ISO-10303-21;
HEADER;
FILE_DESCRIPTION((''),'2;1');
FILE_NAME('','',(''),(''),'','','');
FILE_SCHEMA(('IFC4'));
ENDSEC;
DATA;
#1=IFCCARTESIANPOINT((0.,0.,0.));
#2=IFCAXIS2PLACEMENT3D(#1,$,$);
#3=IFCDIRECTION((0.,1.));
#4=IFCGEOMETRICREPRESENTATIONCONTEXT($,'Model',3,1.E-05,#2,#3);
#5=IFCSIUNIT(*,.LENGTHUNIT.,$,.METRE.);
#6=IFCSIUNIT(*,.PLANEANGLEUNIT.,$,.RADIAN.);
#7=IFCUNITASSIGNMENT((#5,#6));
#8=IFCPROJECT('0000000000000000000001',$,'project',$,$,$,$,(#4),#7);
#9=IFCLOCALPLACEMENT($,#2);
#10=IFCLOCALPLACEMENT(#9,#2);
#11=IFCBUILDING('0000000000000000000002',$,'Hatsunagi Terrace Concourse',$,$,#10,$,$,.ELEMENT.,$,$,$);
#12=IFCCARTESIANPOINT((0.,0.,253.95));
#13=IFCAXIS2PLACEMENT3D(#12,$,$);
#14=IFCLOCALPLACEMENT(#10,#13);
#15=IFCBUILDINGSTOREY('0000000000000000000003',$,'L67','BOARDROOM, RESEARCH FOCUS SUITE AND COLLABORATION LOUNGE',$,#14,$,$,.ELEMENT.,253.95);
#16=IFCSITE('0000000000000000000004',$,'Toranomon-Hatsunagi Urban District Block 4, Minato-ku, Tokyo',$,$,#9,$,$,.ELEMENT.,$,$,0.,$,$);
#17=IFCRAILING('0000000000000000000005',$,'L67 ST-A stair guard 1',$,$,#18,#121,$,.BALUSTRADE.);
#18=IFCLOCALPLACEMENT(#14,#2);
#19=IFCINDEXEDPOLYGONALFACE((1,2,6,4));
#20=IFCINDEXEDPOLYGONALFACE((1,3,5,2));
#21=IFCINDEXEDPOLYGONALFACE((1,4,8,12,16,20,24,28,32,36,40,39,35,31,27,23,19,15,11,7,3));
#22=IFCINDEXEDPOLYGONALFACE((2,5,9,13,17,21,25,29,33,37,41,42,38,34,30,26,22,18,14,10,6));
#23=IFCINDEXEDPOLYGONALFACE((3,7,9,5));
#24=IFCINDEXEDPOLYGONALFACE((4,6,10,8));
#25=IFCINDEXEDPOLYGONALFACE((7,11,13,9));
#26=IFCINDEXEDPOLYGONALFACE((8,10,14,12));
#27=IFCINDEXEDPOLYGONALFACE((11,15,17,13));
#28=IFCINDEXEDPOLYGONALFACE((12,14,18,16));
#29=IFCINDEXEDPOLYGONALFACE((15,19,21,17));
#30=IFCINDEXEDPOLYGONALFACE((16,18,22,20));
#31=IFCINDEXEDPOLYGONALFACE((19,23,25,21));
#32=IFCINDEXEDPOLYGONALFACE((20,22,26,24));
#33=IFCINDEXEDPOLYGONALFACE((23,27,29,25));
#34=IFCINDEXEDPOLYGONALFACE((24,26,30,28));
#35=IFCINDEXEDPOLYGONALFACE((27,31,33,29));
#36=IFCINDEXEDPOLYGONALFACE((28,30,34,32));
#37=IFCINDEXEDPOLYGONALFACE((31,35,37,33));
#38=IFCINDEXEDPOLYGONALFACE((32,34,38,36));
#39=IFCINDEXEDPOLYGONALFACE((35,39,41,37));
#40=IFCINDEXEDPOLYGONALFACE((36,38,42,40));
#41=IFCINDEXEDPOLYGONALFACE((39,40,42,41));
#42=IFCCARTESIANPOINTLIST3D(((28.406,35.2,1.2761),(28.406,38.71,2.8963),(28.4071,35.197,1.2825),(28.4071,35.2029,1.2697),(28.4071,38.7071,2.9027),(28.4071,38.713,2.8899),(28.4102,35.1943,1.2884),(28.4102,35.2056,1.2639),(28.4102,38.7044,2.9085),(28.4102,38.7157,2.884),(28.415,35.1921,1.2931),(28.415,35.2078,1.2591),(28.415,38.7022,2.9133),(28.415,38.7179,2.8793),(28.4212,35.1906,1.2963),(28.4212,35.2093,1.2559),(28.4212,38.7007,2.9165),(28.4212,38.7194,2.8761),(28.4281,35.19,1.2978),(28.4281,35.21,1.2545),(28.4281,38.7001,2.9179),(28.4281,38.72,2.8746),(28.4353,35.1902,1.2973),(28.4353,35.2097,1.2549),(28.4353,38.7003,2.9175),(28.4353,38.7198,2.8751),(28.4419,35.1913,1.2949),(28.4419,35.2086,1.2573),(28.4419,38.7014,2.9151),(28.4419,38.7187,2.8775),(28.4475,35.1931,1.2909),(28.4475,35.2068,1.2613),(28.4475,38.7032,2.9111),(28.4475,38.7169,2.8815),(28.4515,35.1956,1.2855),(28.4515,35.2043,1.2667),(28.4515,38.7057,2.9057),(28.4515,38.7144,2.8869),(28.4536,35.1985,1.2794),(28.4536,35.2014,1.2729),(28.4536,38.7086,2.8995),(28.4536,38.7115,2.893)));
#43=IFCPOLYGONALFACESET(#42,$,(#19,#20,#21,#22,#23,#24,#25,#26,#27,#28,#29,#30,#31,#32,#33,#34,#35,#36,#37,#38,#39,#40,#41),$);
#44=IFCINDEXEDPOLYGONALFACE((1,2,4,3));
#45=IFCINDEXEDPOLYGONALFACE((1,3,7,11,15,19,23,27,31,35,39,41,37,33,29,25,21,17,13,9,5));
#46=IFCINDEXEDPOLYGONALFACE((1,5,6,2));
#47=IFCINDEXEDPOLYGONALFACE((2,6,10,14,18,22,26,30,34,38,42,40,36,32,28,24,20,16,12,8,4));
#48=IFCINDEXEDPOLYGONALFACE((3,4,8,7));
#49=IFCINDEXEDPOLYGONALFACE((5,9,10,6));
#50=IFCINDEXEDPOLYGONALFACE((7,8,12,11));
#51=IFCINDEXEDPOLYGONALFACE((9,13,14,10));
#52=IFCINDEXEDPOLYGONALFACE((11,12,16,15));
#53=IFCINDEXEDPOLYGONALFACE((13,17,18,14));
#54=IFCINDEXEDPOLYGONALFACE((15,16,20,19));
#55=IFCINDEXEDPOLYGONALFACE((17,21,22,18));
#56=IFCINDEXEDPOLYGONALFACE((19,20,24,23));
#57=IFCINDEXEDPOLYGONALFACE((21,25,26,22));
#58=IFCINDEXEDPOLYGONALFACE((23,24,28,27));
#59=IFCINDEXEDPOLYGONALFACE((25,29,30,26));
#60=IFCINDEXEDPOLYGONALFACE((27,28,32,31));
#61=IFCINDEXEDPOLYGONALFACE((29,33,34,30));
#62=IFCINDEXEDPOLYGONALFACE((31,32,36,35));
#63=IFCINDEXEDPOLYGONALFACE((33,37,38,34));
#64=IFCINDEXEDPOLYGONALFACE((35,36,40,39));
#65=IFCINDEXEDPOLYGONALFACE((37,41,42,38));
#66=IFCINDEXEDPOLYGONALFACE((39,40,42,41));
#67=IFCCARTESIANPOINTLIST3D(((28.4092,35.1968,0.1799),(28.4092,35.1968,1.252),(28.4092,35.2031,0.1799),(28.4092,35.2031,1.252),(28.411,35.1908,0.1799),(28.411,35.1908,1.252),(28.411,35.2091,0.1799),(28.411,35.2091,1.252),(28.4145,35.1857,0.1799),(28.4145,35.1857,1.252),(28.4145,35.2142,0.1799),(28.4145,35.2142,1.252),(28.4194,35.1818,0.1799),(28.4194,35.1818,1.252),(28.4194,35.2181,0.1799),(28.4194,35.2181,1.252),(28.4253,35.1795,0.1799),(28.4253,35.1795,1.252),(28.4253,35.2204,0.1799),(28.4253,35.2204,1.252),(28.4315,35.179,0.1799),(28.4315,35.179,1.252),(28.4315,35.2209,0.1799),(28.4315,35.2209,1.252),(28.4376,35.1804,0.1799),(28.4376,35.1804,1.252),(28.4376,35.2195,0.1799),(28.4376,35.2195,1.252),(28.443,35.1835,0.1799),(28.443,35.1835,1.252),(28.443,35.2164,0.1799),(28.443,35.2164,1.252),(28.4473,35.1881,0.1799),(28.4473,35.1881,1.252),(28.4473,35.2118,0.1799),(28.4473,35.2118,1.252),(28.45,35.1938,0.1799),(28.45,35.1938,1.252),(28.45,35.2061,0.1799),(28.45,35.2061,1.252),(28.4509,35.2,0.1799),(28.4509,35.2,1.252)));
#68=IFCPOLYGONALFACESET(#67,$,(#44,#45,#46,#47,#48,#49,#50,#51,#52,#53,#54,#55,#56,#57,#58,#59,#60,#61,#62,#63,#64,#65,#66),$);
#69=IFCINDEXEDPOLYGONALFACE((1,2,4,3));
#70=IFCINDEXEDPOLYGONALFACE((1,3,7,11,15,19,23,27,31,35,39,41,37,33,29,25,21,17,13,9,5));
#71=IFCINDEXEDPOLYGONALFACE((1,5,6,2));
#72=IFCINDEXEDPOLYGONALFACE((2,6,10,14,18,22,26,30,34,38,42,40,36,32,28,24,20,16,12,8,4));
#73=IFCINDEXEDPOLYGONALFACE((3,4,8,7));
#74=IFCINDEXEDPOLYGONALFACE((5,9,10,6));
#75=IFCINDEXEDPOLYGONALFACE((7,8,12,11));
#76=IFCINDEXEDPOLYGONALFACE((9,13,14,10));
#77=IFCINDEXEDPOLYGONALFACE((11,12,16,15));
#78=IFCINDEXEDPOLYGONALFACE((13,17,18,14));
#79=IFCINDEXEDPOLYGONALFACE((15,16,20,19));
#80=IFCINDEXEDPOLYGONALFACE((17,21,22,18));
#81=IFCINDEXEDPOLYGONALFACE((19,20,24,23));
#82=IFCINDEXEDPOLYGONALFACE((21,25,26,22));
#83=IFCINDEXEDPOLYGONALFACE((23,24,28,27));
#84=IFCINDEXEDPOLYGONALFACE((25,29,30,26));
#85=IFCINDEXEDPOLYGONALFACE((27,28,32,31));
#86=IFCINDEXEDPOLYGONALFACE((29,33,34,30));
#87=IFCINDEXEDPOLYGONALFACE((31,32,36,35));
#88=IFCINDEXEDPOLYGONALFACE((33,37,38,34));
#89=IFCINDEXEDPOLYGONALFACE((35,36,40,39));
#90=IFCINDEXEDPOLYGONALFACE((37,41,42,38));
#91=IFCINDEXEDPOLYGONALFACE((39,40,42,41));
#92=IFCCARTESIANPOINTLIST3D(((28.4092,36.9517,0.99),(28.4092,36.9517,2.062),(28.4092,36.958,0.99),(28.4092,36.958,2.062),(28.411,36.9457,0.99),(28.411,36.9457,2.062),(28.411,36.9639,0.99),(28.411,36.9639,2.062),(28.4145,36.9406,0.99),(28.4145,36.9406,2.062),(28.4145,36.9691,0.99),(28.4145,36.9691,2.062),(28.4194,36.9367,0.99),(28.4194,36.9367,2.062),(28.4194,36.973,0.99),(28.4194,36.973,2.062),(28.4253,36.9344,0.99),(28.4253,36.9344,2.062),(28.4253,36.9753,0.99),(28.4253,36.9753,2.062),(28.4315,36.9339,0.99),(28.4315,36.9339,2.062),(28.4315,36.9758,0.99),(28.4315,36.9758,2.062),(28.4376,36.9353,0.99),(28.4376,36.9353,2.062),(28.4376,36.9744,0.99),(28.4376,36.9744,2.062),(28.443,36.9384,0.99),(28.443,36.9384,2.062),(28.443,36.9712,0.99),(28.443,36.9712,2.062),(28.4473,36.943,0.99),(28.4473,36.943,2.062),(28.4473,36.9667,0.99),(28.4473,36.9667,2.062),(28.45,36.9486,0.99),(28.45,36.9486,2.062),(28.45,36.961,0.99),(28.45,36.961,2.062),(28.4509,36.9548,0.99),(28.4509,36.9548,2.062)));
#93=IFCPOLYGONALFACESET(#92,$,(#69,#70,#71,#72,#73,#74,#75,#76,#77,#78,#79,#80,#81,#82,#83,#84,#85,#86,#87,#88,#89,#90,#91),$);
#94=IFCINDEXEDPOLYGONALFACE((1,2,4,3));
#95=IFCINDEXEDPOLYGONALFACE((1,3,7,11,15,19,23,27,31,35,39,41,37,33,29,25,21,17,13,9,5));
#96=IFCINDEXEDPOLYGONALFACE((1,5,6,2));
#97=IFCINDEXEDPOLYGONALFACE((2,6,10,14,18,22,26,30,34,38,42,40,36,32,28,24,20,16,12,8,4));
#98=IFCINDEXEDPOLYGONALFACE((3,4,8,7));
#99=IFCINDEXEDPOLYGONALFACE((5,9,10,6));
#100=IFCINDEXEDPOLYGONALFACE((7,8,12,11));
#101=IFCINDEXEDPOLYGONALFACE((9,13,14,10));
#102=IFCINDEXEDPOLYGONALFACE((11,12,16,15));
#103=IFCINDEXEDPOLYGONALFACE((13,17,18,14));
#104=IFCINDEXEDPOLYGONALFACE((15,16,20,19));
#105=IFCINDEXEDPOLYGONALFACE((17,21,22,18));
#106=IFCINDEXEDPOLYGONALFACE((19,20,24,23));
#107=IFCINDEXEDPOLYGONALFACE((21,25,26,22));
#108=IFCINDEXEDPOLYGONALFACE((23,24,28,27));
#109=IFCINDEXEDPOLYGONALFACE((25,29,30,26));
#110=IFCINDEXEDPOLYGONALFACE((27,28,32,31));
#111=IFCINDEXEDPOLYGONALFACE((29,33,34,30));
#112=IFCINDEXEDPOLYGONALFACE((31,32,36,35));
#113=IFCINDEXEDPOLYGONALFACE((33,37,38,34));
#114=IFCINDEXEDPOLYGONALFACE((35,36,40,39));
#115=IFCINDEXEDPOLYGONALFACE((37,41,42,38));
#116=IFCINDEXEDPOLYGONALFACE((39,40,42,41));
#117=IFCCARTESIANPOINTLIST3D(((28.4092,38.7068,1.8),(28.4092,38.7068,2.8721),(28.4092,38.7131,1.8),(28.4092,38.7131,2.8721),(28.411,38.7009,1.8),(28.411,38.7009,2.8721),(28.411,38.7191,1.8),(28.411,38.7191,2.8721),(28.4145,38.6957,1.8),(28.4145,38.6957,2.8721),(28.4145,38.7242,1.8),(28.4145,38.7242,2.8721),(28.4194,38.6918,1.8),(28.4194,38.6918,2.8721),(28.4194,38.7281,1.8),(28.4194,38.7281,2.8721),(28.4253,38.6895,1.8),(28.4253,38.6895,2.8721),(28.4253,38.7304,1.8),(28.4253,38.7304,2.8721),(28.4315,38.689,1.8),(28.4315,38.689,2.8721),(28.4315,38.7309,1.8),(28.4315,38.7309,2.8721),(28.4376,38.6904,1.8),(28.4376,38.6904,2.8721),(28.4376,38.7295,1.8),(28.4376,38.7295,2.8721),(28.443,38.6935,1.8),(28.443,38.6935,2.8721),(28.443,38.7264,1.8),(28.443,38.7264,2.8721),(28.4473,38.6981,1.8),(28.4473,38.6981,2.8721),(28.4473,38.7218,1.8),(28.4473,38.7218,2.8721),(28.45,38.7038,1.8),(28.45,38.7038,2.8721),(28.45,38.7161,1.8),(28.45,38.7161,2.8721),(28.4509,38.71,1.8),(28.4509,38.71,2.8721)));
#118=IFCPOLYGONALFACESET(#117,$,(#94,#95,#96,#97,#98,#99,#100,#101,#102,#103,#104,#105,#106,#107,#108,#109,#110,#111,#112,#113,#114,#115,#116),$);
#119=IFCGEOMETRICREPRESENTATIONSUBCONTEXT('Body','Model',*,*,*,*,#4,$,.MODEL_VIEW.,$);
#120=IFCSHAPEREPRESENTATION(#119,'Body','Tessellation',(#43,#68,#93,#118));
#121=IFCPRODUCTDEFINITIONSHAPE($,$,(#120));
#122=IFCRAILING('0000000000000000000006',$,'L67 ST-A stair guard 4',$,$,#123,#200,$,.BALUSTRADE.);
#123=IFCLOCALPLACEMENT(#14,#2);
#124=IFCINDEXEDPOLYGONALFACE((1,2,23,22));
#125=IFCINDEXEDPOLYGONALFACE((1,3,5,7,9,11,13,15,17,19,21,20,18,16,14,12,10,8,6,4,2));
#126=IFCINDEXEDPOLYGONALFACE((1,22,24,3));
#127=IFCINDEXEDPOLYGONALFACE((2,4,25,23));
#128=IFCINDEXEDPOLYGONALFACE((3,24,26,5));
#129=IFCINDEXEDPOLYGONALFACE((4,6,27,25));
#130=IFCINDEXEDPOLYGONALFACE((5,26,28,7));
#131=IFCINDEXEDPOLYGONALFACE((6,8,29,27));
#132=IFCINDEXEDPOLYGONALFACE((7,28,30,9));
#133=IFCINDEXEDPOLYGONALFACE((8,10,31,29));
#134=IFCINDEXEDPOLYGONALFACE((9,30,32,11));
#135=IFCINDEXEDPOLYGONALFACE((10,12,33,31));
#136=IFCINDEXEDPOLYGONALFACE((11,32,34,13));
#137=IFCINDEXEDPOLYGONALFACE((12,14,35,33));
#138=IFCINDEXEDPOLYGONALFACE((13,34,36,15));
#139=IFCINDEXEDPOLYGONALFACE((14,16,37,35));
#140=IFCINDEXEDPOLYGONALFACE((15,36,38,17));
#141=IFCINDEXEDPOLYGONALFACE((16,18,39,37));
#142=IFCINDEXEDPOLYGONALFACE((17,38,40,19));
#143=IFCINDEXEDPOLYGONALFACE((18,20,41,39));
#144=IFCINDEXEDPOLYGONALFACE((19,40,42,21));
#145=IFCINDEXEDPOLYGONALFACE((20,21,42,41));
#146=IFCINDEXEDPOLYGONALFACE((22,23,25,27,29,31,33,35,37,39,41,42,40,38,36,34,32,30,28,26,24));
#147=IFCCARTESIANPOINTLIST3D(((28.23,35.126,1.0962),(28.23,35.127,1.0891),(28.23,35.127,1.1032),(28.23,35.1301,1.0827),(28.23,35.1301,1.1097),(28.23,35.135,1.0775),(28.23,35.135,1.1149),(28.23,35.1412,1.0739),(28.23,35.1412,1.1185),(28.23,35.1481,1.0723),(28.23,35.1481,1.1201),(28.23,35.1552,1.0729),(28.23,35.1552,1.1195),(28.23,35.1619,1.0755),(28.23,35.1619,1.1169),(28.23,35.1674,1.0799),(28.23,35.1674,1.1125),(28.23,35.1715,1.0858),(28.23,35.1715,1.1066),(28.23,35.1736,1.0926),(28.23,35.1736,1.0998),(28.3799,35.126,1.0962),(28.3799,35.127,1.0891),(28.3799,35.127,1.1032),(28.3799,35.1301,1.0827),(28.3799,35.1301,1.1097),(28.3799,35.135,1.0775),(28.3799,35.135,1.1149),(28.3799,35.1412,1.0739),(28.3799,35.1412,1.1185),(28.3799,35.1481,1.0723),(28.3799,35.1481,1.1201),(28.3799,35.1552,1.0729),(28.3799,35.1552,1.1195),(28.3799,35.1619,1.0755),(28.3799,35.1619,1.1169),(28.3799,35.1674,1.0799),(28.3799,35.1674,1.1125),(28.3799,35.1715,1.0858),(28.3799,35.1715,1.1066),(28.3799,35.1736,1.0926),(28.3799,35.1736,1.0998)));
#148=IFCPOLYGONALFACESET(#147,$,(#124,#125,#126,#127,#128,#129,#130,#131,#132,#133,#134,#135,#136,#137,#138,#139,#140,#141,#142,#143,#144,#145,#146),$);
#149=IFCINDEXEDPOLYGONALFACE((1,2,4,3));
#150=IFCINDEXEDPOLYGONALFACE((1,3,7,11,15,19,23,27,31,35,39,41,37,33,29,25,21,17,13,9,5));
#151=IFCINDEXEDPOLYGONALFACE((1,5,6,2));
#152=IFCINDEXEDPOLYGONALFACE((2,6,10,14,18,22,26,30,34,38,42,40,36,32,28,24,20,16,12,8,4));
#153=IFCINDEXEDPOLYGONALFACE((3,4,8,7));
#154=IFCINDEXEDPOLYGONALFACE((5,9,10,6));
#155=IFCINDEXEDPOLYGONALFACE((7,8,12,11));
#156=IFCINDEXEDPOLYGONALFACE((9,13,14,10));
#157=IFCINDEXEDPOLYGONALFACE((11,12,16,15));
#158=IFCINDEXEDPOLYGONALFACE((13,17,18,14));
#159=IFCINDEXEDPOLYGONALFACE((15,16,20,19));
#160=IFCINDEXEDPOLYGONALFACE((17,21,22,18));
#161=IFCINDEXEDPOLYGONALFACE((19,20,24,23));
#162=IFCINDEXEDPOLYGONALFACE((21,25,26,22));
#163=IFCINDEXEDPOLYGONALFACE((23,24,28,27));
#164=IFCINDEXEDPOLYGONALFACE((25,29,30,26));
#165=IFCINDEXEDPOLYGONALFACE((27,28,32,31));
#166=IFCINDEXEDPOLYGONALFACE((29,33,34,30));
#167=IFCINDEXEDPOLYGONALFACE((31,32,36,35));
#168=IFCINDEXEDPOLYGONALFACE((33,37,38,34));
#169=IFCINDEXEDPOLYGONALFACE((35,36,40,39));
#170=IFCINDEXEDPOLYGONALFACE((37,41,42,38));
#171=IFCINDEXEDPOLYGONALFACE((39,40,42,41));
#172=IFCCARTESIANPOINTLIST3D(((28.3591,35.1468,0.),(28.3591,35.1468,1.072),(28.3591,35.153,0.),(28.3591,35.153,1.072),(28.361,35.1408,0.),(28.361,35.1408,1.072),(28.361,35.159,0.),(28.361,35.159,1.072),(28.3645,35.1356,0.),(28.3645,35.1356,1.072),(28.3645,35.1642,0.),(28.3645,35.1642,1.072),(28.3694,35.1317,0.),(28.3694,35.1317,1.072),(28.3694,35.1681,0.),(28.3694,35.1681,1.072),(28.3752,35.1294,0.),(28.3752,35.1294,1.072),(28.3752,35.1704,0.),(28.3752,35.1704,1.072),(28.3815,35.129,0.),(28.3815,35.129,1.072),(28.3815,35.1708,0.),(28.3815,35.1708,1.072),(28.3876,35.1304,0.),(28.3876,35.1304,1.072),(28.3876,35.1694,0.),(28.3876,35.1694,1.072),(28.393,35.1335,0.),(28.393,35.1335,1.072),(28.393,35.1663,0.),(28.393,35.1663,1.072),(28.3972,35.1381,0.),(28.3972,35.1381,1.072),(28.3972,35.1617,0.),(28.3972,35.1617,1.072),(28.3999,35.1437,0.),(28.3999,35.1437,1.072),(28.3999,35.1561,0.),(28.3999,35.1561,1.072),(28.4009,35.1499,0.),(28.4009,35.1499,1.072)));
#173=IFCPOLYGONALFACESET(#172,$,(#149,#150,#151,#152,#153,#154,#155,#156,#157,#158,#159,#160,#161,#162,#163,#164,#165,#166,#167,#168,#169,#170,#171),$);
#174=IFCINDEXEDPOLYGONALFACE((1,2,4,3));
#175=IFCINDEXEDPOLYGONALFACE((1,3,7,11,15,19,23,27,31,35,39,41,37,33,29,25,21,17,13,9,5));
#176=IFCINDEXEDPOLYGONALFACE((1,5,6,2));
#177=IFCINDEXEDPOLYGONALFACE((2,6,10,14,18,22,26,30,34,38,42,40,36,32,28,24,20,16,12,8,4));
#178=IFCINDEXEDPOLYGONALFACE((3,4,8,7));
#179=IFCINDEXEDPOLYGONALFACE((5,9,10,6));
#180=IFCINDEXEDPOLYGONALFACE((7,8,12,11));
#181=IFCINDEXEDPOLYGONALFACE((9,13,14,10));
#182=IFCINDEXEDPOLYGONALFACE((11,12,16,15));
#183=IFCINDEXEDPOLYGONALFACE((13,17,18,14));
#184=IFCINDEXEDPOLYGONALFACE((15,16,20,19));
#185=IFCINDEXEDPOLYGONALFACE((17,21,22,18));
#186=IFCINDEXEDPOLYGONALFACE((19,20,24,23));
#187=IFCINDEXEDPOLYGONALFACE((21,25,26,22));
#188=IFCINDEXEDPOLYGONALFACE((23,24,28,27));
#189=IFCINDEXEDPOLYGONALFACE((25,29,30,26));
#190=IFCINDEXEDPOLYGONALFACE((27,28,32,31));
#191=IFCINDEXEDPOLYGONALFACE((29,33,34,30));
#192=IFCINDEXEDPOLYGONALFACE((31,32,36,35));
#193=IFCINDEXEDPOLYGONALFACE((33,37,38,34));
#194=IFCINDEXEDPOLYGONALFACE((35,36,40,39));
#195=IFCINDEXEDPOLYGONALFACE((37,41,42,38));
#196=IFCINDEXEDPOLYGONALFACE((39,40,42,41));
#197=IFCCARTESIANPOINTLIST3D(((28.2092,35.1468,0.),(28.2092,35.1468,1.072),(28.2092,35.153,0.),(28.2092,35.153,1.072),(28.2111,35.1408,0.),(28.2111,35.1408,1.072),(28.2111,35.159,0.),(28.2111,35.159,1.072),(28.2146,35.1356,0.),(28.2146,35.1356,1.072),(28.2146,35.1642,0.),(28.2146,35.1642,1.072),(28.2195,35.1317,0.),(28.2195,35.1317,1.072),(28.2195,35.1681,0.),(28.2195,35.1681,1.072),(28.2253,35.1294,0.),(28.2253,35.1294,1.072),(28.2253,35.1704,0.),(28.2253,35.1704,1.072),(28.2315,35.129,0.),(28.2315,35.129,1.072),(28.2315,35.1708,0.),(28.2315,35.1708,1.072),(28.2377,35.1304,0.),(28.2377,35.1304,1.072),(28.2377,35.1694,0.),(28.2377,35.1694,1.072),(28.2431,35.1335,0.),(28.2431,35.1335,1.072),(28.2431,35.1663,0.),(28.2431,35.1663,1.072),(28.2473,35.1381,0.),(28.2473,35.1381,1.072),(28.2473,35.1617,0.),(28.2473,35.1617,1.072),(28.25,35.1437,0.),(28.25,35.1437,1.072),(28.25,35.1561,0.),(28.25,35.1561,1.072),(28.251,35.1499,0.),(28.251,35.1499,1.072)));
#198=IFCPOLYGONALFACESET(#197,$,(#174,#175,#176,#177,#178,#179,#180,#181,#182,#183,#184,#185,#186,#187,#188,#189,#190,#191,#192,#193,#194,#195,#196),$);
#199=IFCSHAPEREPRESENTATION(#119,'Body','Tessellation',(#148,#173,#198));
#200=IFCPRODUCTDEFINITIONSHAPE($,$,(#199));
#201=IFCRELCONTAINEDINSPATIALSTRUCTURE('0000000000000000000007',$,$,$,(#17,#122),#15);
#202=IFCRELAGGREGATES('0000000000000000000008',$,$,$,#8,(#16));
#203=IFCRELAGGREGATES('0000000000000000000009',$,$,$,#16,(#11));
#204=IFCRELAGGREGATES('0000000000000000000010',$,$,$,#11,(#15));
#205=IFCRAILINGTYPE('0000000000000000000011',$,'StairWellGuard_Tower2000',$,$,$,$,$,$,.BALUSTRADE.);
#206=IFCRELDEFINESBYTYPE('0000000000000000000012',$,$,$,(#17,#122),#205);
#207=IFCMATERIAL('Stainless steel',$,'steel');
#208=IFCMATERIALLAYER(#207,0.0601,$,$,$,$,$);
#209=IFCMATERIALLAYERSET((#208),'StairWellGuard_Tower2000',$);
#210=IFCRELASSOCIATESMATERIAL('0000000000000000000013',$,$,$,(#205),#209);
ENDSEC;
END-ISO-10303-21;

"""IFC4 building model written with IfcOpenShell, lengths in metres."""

from ifc_helpers import new_model, si_unit, direction, frame, origin, origin_2d, place, context, subcontext, project, spatial, circle, extrude, material, layer, layer_set, type_object, element, save


model = new_model("IFC4")

# Units and contexts
model_context = context("Model", 3, precision=1e-05, world=origin(), true_north=direction((0.0, 1.0)))
body_context = subcontext(model_context, "Body", "Model", "MODEL_VIEW")
ifc_project = project(units=[si_unit("LENGTHUNIT", "METRE"), si_unit("PLANEANGLEUNIT", "RADIAN")], contexts=[model_context])

# Site, building, storey
site_placement = place(None, origin())
site = spatial("IfcSite", under=ifc_project, at=site_placement, Name="Toranomon-Hatsunagi Urban District Block 4, Minato-ku, Tokyo", CompositionType="ELEMENT", RefElevation=0.0)
building_placement = place(site_placement, origin())
building = spatial("IfcBuilding", under=site, at=building_placement, Name="Hatsunagi Terrace Concourse", CompositionType="ELEMENT")
storey_placement = place(building_placement, frame((0.0, 0.0, 253.95)))
storey = spatial("IfcBuildingStorey", under=building, at=storey_placement, Name="L67", Description="BOARDROOM, RESEARCH FOCUS SUITE AND COLLABORATION LOUNGE", CompositionType="ELEMENT", Elevation=253.95)

# Railings
ifc_material_1 = material(Name="Stainless steel", Category="steel")
ifc_layer_1 = layer(ifc_material_1, 0.0601)
ifc_layer_set_1 = layer_set([ifc_layer_1], Name="StairWellGuard_Tower2000")
railing_type_1 = type_object("IfcRailingType", Name="StairWellGuard_Tower2000", PredefinedType="BALUSTRADE", material=ifc_layer_set_1)
railing_1_placement = place(storey_placement, frame((28.4299, 35.2, 0.1799)))
element("IfcRailing", 1, at=railing_1_placement, inside=storey, type_object=railing_type_1, Name="L67 ST-A stair guard 1", PredefinedType="BALUSTRADE", context=body_context, shape_type="SweptSolid", body=[
    extrude(circle(Radius=0.0239, at=origin_2d()), frame((0.0, 0.0, 1.0962), z_axis=(0.0, 0.907948, 0.419082), x_axis=(-1.0, 0.0, 0.0)), (0.0, 0.0, 1.0), 3.866),
    extrude(circle(Radius=0.021, at=origin_2d()), origin(), (0.0, 0.0, 1.0), 1.072),
    extrude(circle(Radius=0.021, at=origin_2d()), frame((0.0, 1.7549, 0.8101)), (0.0, 0.0, 1.0), 1.072),
    extrude(circle(Radius=0.021, at=origin_2d()), frame((0.0, 3.51, 1.6201)), (0.0, 0.0, 1.0), 1.072),
])
railing_2_placement = place(storey_placement, frame((28.3799, 35.1499, 0.0)))
element("IfcRailing", 2, at=railing_2_placement, inside=storey, type_object=railing_type_1, Name="L67 ST-A stair guard 4", PredefinedType="BALUSTRADE", context=body_context, shape_type="SweptSolid", body=[
    extrude(circle(Radius=0.0239, at=origin_2d()), frame((0.0, 0.0, 1.0962), z_axis=(-1.0, 0.0, 0.0), x_axis=(0.0, -1.0, 0.0)), (0.0, 0.0, 1.0), 0.1499),
    extrude(circle(Radius=0.021, at=origin_2d()), origin(), (0.0, 0.0, 1.0), 1.072),
    extrude(circle(Radius=0.021, at=origin_2d()), frame((-0.1499, 0.0, 0.0)), (0.0, 0.0, 1.0), 1.072),
])

save(model, "model.ifc")
